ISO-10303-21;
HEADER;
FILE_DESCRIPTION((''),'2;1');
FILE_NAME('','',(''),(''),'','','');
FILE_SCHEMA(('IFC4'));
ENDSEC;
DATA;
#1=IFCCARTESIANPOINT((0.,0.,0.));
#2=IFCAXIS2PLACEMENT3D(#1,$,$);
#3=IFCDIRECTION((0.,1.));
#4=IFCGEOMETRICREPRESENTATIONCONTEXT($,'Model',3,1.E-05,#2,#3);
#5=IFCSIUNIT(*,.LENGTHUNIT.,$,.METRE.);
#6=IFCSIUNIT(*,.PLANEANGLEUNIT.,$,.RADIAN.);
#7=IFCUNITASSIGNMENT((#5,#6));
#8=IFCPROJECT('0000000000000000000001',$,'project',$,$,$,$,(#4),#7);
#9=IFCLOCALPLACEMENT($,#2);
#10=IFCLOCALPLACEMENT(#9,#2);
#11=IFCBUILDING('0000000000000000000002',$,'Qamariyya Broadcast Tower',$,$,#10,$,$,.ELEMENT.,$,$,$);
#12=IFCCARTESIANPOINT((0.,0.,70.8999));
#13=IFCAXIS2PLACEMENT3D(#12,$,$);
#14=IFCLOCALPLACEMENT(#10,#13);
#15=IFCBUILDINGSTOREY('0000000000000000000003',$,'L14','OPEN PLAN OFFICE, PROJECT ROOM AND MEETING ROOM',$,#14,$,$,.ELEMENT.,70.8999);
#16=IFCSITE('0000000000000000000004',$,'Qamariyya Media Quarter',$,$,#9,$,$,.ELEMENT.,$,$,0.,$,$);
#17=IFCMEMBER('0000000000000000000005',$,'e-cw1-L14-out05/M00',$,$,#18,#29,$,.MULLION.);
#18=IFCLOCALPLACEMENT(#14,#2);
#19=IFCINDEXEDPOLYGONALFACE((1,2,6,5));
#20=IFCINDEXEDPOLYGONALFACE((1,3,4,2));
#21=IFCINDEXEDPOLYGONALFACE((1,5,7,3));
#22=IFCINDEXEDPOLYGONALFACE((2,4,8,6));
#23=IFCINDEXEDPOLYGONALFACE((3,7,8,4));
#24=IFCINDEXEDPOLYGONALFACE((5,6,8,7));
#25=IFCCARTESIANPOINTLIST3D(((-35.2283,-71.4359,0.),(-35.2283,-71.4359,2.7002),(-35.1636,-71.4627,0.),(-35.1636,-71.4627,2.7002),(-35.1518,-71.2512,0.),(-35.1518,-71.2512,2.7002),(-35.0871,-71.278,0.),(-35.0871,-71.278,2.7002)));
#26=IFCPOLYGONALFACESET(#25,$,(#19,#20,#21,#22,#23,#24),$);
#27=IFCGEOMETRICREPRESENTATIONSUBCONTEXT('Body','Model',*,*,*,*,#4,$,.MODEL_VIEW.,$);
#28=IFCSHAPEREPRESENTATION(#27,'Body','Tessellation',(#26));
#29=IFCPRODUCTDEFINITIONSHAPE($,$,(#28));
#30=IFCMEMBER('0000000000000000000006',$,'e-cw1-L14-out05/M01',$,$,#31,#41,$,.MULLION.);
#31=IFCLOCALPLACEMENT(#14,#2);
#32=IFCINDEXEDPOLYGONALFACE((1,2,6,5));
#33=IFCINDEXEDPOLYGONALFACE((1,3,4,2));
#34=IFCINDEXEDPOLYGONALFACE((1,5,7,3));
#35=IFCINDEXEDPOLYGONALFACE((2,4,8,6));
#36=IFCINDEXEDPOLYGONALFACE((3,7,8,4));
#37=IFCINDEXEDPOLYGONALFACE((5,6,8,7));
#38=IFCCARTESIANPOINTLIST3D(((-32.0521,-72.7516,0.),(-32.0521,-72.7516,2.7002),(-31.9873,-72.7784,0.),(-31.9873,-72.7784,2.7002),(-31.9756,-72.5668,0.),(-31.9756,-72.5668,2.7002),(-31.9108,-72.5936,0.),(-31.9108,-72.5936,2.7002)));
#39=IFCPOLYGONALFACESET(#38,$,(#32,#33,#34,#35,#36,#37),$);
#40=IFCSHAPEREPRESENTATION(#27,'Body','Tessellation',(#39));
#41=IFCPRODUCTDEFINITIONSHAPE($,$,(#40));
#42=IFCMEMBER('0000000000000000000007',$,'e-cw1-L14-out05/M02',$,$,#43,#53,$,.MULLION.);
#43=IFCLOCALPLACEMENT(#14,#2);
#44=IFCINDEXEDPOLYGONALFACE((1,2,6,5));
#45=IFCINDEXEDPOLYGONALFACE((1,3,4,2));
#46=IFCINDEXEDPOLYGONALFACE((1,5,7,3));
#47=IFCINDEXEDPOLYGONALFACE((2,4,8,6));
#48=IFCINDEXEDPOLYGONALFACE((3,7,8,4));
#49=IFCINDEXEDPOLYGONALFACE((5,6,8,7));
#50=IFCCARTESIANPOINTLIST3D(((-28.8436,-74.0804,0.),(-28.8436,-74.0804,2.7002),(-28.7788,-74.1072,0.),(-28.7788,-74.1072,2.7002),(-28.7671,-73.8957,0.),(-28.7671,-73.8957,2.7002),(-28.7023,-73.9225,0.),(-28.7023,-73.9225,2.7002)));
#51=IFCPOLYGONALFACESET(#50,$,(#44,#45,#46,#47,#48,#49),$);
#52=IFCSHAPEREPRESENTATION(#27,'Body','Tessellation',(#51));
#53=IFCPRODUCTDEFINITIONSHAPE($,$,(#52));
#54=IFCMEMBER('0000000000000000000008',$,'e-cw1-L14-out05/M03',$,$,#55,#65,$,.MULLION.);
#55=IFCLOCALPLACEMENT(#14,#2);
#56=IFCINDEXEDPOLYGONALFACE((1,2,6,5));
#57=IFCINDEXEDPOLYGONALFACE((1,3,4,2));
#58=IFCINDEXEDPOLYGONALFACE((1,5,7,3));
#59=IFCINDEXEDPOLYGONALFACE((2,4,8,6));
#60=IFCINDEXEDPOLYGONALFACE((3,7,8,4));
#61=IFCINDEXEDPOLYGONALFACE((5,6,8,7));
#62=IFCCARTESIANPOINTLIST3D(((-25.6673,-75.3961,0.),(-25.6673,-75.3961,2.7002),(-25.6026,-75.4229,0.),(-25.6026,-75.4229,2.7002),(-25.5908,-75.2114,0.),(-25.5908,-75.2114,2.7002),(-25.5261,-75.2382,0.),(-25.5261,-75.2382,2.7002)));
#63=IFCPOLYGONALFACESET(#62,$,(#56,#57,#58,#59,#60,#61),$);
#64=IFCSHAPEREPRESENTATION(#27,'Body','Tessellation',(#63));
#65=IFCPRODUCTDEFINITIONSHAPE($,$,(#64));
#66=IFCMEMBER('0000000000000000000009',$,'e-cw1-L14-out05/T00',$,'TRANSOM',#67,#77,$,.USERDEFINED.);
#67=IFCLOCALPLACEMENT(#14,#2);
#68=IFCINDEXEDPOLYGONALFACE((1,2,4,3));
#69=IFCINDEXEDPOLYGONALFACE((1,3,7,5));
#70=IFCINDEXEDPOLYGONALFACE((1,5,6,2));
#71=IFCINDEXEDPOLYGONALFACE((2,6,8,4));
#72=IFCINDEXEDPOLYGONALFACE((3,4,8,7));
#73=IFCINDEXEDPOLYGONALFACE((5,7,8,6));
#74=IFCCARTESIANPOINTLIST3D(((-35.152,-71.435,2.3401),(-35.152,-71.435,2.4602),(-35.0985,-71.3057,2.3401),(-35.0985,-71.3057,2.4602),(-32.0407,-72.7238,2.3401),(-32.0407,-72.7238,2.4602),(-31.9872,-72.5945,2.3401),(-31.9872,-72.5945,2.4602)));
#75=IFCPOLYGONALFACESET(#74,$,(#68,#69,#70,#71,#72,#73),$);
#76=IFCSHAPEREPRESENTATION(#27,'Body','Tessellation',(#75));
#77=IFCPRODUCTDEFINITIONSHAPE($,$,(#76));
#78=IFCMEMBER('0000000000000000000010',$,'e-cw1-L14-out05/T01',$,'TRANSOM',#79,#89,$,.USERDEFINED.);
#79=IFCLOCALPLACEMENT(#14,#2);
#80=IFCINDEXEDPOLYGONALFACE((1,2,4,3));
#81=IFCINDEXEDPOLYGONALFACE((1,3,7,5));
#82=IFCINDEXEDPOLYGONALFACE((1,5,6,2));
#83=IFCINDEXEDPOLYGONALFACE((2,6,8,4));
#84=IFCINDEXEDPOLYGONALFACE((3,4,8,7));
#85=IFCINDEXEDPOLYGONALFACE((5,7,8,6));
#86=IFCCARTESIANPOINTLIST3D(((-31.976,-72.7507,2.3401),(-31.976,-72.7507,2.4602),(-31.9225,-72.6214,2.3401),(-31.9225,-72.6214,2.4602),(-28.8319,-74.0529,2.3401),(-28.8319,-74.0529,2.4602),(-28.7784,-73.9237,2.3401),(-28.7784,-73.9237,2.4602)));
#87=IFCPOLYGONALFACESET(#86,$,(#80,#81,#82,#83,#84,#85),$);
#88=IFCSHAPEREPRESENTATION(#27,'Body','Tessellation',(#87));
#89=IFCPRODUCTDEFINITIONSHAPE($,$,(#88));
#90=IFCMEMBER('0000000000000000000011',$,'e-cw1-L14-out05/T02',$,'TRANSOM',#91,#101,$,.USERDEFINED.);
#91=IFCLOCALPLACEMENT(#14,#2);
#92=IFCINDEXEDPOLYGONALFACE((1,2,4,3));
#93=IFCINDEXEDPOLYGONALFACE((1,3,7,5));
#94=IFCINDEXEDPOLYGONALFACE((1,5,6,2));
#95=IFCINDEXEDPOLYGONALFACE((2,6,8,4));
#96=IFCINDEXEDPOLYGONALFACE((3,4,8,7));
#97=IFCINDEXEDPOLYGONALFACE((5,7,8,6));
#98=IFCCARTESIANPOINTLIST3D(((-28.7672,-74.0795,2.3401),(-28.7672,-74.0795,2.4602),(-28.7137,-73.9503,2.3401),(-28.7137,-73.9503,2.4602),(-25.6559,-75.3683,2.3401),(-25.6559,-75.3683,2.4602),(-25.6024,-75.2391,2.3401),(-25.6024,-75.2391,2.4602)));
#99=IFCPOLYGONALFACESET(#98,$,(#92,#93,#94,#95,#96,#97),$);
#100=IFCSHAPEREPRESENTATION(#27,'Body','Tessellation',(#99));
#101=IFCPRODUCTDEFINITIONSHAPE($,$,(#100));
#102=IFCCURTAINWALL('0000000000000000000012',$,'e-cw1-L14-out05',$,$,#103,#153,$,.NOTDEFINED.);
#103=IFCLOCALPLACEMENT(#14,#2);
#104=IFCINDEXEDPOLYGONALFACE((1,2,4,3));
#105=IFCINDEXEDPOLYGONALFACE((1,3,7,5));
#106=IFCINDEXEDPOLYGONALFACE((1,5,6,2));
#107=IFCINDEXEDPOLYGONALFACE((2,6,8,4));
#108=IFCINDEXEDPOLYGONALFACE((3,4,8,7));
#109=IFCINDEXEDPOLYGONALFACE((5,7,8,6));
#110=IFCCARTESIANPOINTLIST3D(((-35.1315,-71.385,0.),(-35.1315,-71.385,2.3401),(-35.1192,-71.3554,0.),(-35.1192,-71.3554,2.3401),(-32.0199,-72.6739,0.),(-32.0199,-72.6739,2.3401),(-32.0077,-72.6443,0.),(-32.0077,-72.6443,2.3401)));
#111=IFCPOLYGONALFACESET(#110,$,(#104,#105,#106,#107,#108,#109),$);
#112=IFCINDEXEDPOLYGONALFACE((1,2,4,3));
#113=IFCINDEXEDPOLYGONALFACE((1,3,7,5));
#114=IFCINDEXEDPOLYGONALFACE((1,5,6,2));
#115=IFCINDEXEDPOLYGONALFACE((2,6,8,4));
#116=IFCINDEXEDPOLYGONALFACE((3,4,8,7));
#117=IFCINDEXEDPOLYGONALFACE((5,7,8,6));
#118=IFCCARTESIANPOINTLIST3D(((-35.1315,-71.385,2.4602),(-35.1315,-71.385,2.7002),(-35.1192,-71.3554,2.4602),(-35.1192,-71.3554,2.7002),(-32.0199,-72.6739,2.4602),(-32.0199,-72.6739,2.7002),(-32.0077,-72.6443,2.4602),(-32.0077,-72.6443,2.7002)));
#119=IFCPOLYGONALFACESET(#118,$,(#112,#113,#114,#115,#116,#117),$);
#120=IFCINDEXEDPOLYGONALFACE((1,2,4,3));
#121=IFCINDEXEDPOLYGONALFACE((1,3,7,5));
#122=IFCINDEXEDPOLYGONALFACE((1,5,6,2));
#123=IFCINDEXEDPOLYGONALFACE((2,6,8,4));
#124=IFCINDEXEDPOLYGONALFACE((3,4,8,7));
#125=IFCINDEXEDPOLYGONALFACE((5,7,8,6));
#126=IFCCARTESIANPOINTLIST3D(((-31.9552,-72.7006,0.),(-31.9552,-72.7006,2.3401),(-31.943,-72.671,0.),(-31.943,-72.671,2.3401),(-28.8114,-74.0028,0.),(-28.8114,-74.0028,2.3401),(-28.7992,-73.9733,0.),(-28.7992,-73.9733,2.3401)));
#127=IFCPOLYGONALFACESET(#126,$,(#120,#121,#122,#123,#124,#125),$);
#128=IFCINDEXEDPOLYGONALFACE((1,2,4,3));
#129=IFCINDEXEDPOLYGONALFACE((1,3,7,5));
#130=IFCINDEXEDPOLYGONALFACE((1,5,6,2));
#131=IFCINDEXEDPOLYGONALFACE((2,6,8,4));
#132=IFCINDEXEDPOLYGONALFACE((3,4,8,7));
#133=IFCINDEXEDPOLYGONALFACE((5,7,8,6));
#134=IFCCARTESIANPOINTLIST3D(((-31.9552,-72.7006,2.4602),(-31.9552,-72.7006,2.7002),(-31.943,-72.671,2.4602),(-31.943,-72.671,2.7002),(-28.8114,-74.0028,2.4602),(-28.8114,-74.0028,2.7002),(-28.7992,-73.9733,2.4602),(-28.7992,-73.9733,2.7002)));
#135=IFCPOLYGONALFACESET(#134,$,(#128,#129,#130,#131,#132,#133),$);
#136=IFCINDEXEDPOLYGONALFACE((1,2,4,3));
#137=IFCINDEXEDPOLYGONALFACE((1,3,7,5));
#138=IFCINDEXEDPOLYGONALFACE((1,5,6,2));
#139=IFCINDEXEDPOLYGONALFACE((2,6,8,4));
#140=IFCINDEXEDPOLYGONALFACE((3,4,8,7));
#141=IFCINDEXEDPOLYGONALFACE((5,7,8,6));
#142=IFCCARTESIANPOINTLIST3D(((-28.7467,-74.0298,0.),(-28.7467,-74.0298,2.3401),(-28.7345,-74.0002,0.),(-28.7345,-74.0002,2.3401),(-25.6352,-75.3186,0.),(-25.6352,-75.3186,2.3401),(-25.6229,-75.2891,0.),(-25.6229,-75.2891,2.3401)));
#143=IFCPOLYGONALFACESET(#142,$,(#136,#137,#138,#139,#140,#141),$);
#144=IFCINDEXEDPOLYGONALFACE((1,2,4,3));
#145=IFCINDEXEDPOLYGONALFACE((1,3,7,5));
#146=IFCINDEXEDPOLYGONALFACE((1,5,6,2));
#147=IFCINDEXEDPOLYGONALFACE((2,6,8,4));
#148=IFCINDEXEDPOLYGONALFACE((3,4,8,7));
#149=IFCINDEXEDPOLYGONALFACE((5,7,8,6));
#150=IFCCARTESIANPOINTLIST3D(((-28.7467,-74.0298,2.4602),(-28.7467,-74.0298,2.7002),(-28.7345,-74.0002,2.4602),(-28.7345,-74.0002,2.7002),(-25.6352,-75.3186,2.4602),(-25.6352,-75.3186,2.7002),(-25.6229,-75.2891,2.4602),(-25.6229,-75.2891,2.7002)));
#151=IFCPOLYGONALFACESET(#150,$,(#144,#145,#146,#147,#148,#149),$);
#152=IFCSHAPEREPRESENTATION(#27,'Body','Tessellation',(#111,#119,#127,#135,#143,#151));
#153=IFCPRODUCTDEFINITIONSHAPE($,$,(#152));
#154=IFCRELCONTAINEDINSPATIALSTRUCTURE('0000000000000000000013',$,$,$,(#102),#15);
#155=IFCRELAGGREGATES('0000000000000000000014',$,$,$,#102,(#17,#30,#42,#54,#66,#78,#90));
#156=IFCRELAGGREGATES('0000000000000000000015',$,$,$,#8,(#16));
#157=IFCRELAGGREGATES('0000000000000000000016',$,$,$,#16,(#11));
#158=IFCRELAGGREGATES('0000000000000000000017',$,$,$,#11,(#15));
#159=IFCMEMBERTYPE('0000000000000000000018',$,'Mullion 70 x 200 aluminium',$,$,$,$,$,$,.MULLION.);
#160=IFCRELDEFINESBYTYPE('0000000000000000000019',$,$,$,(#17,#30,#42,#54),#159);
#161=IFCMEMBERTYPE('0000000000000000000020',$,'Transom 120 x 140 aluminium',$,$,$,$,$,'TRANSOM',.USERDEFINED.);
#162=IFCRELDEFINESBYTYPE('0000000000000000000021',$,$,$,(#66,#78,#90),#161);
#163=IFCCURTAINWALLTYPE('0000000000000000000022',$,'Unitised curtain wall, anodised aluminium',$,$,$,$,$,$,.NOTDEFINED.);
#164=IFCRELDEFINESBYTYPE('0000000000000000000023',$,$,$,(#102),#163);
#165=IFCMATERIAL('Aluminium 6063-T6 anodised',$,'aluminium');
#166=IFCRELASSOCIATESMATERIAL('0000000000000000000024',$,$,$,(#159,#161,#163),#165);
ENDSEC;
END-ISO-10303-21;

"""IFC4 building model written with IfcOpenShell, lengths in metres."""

from ifc_helpers import new_model, si_unit, direction, frame, origin, origin_2d, place, context, subcontext, project, spatial, rectangle, extrude, material, material_profile, profile_set, type_object, element, aggregate, save


model = new_model("IFC4")

# Units and contexts
model_context = context("Model", 3, precision=1e-05, world=origin(), true_north=direction((0.0, 1.0)))
body_context = subcontext(model_context, "Body", "Model", "MODEL_VIEW")
ifc_project = project(units=[si_unit("LENGTHUNIT", "METRE"), si_unit("PLANEANGLEUNIT", "RADIAN")], contexts=[model_context])

# Members
ifc_material = material(Name="Aluminium 6063-T6 anodised", Category="aluminium")
ifc_material_profile_1 = material_profile(ifc_material, rectangle(XDim=0.2, YDim=0.0701, at=origin_2d()))
ifc_profile_set_1 = profile_set([ifc_material_profile_1], Name="Aluminium 6063-T6 anodised")
member_type_1 = type_object("IfcMemberType", Name="Mullion 70 x 200 aluminium", PredefinedType="MULLION", material=ifc_profile_set_1)
site_placement = place(None, origin())
building_placement = place(site_placement, origin())
storey_placement = place(building_placement, frame((0.0, 0.0, 70.8999)))
member_1_placement = place(storey_placement, frame((-35.1577, -71.3569, 0.0), z_axis=(0.0, 0.0, 1.0), x_axis=(0.382683, 0.92388, 0.0)))
member_1 = element("IfcMember", 1, at=member_1_placement, type_object=member_type_1, Name="e-cw1-L14-out05/M00", PredefinedType="MULLION", context=body_context, shape_type="SweptSolid", body=[
    extrude(rectangle(XDim=0.2, YDim=0.0701, at=origin_2d()), origin(), (0.0, 0.0, 1.0), 2.7002),
])
member_2_placement = place(storey_placement, frame((-31.9814, -72.6726, 0.0), z_axis=(0.0, 0.0, 1.0), x_axis=(0.382683, 0.92388, 0.0)))
member_2 = element("IfcMember", 2, at=member_2_placement, type_object=member_type_1, Name="e-cw1-L14-out05/M01", PredefinedType="MULLION", context=body_context, shape_type="SweptSolid", body=[
    extrude(rectangle(XDim=0.2, YDim=0.0701, at=origin_2d()), origin(), (0.0, 0.0, 1.0), 2.7002),
])
member_3_placement = place(storey_placement, frame((-28.7729, -74.0015, 0.0), z_axis=(0.0, 0.0, 1.0), x_axis=(0.382683, 0.92388, 0.0)))
member_3 = element("IfcMember", 3, at=member_3_placement, type_object=member_type_1, Name="e-cw1-L14-out05/M02", PredefinedType="MULLION", context=body_context, shape_type="SweptSolid", body=[
    extrude(rectangle(XDim=0.2, YDim=0.0701, at=origin_2d()), origin(), (0.0, 0.0, 1.0), 2.7002),
])
member_4_placement = place(storey_placement, frame((-25.5967, -75.3171, 0.0), z_axis=(0.0, 0.0, 1.0), x_axis=(0.382683, 0.92388, 0.0)))
member_4 = element("IfcMember", 4, at=member_4_placement, type_object=member_type_1, Name="e-cw1-L14-out05/M03", PredefinedType="MULLION", context=body_context, shape_type="SweptSolid", body=[
    extrude(rectangle(XDim=0.2, YDim=0.0701, at=origin_2d()), origin(), (0.0, 0.0, 1.0), 2.7002),
])
ifc_material_profile_2 = material_profile(ifc_material, rectangle(XDim=0.1399, YDim=0.1201, at=origin_2d()))
ifc_profile_set_2 = profile_set([ifc_material_profile_2], Name="Aluminium 6063-T6 anodised")
member_type_2 = type_object("IfcMemberType", Name="Transom 120 x 140 aluminium", ElementType="TRANSOM", PredefinedType="USERDEFINED", material=ifc_profile_set_2)
member_5_placement = place(storey_placement, frame((-35.1252, -71.3704, 2.4001), z_axis=(0.923873, -0.3827, 0.0), x_axis=(0.3827, 0.923873, 0.0)))
member_5 = element("IfcMember", 5, at=member_5_placement, type_object=member_type_2, Name="e-cw1-L14-out05/T00", ObjectType="TRANSOM", PredefinedType="USERDEFINED", context=body_context, shape_type="SweptSolid", body=[
    extrude(rectangle(XDim=0.1399, YDim=0.1201, at=origin_2d()), origin(), (0.0, 0.0, 1.0), 3.3677),
])
member_6_placement = place(storey_placement, frame((-31.9492, -72.686, 2.4001), z_axis=(0.923886, -0.382669, 0.0), x_axis=(0.382669, 0.923886, 0.0)))
member_6 = element("IfcMember", 6, at=member_6_placement, type_object=member_type_2, Name="e-cw1-L14-out05/T01", ObjectType="TRANSOM", PredefinedType="USERDEFINED", context=body_context, shape_type="SweptSolid", body=[
    extrude(rectangle(XDim=0.1399, YDim=0.1201, at=origin_2d()), origin(), (0.0, 0.0, 1.0), 3.4031),
])
member_7_placement = place(storey_placement, frame((-28.7405, -74.0149, 2.4001), z_axis=(0.923873, -0.3827, 0.0), x_axis=(0.3827, 0.923873, 0.0)))
member_7 = element("IfcMember", 7, at=member_7_placement, type_object=member_type_2, Name="e-cw1-L14-out05/T02", ObjectType="TRANSOM", PredefinedType="USERDEFINED", context=body_context, shape_type="SweptSolid", body=[
    extrude(rectangle(XDim=0.1399, YDim=0.1201, at=origin_2d()), origin(), (0.0, 0.0, 1.0), 3.3677),
])

# Site, building, storey
site = spatial("IfcSite", under=ifc_project, at=site_placement, Name="Qamariyya Media Quarter", CompositionType="ELEMENT", RefElevation=0.0)
building = spatial("IfcBuilding", under=site, at=building_placement, Name="Qamariyya Broadcast Tower", CompositionType="ELEMENT")
storey = spatial("IfcBuildingStorey", under=building, at=storey_placement, Name="L14", Description="OPEN PLAN OFFICE, PROJECT ROOM AND MEETING ROOM", CompositionType="ELEMENT", Elevation=70.8999)

# Curtain wall
curtain_wall_type = type_object("IfcCurtainWallType", Name="Unitised curtain wall, anodised aluminium", PredefinedType="NOTDEFINED", material=ifc_material)
curtain_wall_1_placement = place(storey_placement, origin())
curtain_wall_1 = element("IfcCurtainWall", 8, at=curtain_wall_1_placement, inside=storey, type_object=curtain_wall_type, Name="e-cw1-L14-out05", PredefinedType="NOTDEFINED", context=body_context, shape_type="SweptSolid", body=[
    extrude(rectangle(XDim=3.3679, YDim=0.032, at=origin_2d()), frame((-33.5696, -72.0146, 0.0), x_axis=(0.923878, -0.382688, 0.0)), (0.0, 0.0, 1.0), 2.3401),
    extrude(rectangle(XDim=3.3679, YDim=0.032, at=origin_2d()), frame((-33.5696, -72.0146, 2.4602), x_axis=(0.923878, -0.382688, 0.0)), (0.0, 0.0, 1.0), 0.24),
    extrude(rectangle(XDim=3.4028, YDim=0.032, at=origin_2d()), frame((-30.3772, -73.3369, 0.0), x_axis=(0.923878, -0.382688, 0.0)), (0.0, 0.0, 1.0), 2.3401),
    extrude(rectangle(XDim=3.4028, YDim=0.032, at=origin_2d()), frame((-30.3772, -73.3369, 2.4602), x_axis=(0.923878, -0.382688, 0.0)), (0.0, 0.0, 1.0), 0.24),
    extrude(rectangle(XDim=3.3679, YDim=0.032, at=origin_2d()), frame((-27.1848, -74.6594, 0.0), x_axis=(0.923878, -0.382688, 0.0)), (0.0, 0.0, 1.0), 2.3401),
    extrude(rectangle(XDim=3.3679, YDim=0.032, at=origin_2d()), frame((-27.1848, -74.6594, 2.4602), x_axis=(0.923878, -0.382688, 0.0)), (0.0, 0.0, 1.0), 0.24),
])
aggregate(curtain_wall_1, [member_1, member_2, member_3, member_4, member_5, member_6, member_7])

save(model, "model.ifc")
